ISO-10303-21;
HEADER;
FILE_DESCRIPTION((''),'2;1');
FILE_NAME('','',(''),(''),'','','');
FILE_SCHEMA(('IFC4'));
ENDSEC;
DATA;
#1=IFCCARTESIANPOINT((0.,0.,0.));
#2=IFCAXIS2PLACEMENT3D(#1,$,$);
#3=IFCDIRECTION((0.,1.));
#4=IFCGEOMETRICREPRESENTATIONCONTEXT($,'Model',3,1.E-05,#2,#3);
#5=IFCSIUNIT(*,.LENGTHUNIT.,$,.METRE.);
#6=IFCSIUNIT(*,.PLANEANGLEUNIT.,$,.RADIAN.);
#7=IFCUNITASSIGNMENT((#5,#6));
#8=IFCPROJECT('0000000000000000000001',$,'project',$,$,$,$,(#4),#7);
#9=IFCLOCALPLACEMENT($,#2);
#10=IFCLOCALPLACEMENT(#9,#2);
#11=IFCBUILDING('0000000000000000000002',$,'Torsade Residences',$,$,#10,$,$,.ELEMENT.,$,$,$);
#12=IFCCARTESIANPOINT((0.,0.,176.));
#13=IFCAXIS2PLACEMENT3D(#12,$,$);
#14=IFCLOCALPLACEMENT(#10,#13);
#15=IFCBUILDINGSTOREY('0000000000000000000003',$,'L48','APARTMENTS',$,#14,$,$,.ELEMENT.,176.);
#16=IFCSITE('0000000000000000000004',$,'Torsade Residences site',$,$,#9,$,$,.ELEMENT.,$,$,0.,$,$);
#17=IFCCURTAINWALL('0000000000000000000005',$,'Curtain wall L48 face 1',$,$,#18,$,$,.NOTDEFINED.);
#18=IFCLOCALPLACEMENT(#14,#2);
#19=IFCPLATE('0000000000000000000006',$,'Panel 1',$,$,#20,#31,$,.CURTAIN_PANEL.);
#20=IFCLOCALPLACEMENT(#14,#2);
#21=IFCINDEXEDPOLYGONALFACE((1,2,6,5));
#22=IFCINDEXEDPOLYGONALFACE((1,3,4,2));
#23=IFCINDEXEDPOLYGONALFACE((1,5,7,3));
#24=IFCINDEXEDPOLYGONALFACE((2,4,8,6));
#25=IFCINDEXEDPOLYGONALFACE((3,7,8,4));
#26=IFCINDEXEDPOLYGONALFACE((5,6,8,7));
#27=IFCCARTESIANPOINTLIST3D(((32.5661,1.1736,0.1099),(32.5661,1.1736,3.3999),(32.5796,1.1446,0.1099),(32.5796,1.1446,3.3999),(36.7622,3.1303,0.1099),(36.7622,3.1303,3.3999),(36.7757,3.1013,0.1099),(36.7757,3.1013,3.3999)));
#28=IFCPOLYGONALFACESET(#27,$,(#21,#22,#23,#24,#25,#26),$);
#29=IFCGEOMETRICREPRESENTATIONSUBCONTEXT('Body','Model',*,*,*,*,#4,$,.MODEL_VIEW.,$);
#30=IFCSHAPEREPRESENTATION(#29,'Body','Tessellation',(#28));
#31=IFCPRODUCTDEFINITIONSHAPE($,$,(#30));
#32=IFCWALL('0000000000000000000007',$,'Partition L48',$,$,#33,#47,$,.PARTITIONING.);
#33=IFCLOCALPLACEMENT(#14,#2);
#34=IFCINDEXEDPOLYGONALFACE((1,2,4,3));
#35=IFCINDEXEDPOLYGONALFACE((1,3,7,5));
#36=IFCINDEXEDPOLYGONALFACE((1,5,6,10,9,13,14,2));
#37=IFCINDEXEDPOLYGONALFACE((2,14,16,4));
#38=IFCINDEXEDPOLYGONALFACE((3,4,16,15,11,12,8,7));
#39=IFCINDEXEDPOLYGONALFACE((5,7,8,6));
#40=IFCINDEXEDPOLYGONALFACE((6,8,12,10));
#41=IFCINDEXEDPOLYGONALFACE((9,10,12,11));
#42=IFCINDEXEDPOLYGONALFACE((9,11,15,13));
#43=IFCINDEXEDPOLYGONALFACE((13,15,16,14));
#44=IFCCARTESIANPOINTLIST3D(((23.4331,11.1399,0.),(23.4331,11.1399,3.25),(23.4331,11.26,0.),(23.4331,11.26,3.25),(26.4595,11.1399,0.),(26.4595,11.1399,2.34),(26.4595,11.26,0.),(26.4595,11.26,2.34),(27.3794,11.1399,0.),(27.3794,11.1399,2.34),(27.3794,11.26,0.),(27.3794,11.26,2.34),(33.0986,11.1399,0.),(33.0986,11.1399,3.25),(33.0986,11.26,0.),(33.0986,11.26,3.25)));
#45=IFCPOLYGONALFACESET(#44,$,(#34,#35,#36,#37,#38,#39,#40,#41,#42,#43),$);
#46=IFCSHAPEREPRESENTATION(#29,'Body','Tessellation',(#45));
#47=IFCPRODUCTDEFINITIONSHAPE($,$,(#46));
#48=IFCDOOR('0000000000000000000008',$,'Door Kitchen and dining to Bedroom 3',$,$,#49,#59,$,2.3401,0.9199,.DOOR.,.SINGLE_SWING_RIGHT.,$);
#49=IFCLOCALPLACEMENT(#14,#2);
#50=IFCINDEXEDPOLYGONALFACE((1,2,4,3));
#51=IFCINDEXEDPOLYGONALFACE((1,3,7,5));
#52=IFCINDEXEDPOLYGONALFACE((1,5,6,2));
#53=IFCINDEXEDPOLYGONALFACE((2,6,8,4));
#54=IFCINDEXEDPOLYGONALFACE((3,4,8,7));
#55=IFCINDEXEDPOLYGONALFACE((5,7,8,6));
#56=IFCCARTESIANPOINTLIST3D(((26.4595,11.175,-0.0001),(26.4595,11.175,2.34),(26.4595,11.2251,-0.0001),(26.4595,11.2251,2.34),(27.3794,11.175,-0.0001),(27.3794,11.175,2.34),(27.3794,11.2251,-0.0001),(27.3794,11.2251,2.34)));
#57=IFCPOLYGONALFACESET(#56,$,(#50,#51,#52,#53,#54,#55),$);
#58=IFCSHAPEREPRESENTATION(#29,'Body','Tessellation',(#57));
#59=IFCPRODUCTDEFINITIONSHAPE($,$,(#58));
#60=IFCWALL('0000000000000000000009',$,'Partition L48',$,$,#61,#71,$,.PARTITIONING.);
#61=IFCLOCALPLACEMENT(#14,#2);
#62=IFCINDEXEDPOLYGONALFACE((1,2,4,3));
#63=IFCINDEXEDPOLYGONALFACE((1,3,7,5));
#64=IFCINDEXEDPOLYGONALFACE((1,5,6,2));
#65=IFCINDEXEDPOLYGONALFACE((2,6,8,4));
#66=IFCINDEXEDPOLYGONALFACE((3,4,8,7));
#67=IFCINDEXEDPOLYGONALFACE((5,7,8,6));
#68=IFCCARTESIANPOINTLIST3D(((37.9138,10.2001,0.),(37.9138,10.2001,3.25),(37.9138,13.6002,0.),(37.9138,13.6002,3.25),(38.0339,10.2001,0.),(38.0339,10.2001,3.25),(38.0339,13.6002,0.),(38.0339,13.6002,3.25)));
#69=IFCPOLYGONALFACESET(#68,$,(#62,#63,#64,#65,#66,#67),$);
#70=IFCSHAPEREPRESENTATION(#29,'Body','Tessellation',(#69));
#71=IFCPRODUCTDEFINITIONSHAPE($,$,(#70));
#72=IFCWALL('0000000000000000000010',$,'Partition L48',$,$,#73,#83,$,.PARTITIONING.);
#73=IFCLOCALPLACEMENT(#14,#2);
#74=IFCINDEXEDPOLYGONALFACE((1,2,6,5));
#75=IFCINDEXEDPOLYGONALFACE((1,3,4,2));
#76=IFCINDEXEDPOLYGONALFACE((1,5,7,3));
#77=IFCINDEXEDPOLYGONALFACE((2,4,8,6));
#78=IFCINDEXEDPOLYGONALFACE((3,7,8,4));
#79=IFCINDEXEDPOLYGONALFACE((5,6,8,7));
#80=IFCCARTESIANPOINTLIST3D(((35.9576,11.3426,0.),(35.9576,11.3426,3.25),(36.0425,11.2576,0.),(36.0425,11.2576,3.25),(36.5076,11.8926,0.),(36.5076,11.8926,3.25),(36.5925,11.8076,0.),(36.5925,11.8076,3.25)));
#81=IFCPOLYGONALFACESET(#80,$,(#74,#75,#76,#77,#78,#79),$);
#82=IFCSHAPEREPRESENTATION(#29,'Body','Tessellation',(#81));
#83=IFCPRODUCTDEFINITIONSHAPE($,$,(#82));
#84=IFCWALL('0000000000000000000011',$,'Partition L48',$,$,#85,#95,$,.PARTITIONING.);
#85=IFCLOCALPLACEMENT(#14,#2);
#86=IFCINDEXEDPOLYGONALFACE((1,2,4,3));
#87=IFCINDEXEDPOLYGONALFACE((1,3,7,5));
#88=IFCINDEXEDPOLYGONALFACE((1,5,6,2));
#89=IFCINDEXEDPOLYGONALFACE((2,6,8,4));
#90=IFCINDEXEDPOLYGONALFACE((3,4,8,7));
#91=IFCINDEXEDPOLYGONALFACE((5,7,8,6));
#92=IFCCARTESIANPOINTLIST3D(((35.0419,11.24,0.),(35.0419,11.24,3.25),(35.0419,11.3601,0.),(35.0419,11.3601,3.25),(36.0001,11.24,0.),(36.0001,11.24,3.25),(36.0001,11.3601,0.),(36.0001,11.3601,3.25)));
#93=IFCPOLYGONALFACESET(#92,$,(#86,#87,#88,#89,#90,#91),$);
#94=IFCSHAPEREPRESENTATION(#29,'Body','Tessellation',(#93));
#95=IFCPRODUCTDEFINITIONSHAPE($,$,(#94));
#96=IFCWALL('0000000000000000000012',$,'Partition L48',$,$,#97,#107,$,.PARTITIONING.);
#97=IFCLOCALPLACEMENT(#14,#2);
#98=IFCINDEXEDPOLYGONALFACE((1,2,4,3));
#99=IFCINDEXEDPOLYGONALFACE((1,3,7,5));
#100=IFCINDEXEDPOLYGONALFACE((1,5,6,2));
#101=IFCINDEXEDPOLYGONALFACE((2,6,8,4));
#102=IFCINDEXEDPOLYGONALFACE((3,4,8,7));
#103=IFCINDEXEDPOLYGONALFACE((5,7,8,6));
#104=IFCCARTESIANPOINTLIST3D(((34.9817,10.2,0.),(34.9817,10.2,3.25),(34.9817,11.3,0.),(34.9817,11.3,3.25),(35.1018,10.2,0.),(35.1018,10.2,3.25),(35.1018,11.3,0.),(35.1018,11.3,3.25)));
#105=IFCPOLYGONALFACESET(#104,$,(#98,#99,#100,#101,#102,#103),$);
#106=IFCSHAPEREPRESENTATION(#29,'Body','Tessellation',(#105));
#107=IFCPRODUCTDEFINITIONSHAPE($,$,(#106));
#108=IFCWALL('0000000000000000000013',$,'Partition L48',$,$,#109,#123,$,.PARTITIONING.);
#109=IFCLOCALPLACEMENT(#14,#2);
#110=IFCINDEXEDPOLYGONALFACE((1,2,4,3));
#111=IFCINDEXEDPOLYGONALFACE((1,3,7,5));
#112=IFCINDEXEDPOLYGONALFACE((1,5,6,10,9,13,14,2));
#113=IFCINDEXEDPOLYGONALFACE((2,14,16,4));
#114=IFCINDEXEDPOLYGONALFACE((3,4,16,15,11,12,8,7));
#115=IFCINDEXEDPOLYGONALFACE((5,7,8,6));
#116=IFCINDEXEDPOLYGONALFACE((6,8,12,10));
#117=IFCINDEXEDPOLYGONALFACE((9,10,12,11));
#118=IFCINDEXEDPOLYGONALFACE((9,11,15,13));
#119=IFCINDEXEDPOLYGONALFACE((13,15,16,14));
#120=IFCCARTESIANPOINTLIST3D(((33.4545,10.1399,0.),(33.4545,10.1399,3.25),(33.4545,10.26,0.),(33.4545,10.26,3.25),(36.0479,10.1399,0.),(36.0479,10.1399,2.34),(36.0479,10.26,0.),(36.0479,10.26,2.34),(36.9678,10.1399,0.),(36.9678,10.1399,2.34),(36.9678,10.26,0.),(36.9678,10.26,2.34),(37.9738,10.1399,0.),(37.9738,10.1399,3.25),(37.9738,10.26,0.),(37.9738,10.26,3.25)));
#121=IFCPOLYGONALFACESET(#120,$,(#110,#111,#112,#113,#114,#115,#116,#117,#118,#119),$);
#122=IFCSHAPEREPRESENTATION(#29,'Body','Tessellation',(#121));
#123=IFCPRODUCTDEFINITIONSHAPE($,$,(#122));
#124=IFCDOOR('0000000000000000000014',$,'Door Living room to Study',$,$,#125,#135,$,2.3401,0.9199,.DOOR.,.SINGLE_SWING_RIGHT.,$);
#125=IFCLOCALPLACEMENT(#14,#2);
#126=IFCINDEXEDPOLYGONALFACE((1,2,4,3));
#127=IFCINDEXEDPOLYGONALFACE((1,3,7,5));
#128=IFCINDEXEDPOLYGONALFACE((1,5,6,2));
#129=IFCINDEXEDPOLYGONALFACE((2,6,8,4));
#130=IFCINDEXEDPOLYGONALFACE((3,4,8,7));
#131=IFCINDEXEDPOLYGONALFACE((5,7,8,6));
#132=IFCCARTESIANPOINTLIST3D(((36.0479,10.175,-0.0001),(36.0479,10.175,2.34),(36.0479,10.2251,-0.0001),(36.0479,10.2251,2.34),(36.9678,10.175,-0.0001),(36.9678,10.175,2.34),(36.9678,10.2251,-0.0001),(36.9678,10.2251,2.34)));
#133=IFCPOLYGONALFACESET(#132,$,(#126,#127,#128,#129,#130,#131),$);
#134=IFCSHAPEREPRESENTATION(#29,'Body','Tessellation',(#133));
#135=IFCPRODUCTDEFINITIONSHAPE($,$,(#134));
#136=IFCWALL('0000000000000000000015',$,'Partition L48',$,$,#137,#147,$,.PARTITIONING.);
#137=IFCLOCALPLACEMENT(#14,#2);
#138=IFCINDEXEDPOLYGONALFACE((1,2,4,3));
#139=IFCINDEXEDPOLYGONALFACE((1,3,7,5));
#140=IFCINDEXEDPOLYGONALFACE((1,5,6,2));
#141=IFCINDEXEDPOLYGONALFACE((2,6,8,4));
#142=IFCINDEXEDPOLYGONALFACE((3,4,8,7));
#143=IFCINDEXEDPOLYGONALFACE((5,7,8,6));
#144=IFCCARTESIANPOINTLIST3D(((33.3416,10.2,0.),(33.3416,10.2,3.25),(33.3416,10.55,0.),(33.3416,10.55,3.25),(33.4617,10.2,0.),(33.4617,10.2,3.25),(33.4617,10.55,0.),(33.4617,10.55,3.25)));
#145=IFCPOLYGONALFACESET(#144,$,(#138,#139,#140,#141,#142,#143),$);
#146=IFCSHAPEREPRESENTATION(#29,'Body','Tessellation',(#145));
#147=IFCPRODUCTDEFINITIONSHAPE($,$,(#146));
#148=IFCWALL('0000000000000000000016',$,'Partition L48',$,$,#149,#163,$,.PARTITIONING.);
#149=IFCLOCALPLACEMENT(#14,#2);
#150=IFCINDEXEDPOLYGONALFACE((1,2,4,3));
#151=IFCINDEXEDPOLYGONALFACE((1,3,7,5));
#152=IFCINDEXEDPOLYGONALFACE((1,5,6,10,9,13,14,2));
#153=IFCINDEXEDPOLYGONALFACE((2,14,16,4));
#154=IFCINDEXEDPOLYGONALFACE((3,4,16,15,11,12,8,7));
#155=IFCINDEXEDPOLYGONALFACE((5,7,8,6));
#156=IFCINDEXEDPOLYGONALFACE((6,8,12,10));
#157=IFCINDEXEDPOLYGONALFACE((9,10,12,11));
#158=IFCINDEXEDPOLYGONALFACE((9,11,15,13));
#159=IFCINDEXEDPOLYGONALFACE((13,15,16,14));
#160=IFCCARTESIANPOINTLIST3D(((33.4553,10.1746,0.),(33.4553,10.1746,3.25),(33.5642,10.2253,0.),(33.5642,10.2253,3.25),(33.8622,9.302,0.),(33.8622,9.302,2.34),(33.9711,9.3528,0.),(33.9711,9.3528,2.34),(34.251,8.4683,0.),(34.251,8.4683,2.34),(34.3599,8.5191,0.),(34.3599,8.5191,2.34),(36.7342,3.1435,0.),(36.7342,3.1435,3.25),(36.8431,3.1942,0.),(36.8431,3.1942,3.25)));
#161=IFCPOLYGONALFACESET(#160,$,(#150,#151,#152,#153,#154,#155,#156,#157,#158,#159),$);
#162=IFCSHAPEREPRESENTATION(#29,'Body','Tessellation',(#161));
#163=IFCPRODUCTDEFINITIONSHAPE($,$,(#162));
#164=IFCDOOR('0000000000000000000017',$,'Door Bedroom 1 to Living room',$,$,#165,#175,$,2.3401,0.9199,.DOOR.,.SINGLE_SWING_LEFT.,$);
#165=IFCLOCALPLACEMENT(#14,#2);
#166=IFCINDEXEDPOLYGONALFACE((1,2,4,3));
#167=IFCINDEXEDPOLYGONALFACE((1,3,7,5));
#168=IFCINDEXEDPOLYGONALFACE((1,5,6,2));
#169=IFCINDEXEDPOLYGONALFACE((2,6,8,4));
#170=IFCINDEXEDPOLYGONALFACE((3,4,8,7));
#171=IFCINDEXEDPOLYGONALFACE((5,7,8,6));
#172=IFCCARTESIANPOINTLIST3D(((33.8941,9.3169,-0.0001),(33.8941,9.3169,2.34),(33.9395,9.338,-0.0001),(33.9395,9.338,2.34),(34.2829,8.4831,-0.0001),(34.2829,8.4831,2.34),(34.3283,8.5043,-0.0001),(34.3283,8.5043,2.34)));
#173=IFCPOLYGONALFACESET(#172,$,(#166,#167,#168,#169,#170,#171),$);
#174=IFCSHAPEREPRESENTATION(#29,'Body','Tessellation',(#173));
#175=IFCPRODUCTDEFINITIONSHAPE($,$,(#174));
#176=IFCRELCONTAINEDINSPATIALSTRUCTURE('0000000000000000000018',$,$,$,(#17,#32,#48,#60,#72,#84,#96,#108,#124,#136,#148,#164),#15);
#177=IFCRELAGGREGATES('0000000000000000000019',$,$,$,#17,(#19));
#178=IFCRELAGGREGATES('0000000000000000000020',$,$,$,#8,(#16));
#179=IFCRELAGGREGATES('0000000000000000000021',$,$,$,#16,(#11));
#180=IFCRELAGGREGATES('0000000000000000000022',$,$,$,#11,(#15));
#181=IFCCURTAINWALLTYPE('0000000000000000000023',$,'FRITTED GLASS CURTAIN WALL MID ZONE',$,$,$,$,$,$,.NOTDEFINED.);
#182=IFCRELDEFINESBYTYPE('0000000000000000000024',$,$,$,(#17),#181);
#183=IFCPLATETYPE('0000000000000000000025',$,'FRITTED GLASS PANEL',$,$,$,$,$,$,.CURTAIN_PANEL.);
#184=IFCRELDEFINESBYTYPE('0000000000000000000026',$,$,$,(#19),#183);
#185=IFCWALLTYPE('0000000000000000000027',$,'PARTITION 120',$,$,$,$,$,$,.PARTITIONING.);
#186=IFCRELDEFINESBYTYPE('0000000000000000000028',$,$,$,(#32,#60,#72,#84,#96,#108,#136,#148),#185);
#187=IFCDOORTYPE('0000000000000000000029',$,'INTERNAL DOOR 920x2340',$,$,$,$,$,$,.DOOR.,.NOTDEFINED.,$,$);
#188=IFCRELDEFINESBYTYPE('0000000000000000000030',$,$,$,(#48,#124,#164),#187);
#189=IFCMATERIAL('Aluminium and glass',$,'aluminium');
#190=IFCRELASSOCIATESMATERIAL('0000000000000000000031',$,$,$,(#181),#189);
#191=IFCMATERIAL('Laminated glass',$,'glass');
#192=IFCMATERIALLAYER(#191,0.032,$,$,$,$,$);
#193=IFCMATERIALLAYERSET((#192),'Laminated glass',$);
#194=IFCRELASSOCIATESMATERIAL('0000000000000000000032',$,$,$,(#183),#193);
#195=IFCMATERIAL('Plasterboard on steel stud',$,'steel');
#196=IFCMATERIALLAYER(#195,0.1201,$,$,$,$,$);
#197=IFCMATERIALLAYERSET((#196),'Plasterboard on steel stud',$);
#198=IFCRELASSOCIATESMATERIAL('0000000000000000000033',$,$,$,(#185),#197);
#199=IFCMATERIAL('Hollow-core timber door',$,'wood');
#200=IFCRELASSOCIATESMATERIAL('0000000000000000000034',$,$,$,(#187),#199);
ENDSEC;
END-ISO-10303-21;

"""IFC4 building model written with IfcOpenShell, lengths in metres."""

from ifc_helpers import new_model, si_unit, direction, frame, frame_2d, origin, origin_2d, place, context, subcontext, project, spatial, rectangle, extrude, material, layer, layer_set, type_object, element, fill, aggregate, save


model = new_model("IFC4")

# Units and contexts
model_context = context("Model", 3, precision=1e-05, world=origin(), true_north=direction((0.0, 1.0)))
body_context = subcontext(model_context, "Body", "Model", "MODEL_VIEW")
ifc_project = project(units=[si_unit("LENGTHUNIT", "METRE"), si_unit("PLANEANGLEUNIT", "RADIAN")], contexts=[model_context])

# Site, building, storey
site_placement = place(None, origin())
site = spatial("IfcSite", under=ifc_project, at=site_placement, Name="Torsade Residences site", CompositionType="ELEMENT", RefElevation=0.0)
building_placement = place(site_placement, origin())
building = spatial("IfcBuilding", under=site, at=building_placement, Name="Torsade Residences", CompositionType="ELEMENT")
storey_placement = place(building_placement, frame((0.0, 0.0, 176.0)))
storey = spatial("IfcBuildingStorey", under=building, at=storey_placement, Name="L48", Description="APARTMENTS", CompositionType="ELEMENT", Elevation=176.0)

# Curtain wall
ifc_material_1 = material(Name="Aluminium and glass", Category="aluminium")
curtain_wall_type = type_object("IfcCurtainWallType", Name="FRITTED GLASS CURTAIN WALL MID ZONE", PredefinedType="NOTDEFINED", material=ifc_material_1)
curtain_wall_placement = place(storey_placement, origin())
curtain_wall = element("IfcCurtainWall", 1, at=curtain_wall_placement, inside=storey, type_object=curtain_wall_type, Name="Curtain wall L48 face 1", PredefinedType="NOTDEFINED")

# Plate
ifc_material_2 = material(Name="Laminated glass", Category="glass")
ifc_layer_1 = layer(ifc_material_2, 0.032)
ifc_layer_set_1 = layer_set([ifc_layer_1], Name="Laminated glass")
plate_type = type_object("IfcPlateType", Name="FRITTED GLASS PANEL", PredefinedType="CURTAIN_PANEL", material=ifc_layer_set_1)
plate_placement = place(storey_placement, frame((34.6709, 2.1375, 0.1099), z_axis=(0.0, 0.0, 1.0), x_axis=(0.906308, 0.422618, 0.0)))
plate = element("IfcPlate", 2, at=plate_placement, type_object=plate_type, Name="Panel 1", PredefinedType="CURTAIN_PANEL", context=body_context, shape_type="SweptSolid", body=[
    extrude(rectangle(XDim=4.6299, YDim=0.032, at=origin_2d()), origin(), (0.0, 0.0, 1.0), 3.29),
])
aggregate(curtain_wall, [plate])

# Wall, opening, door
ifc_material_3 = material(Name="Plasterboard on steel stud", Category="steel")
ifc_layer_2 = layer(ifc_material_3, 0.1201)
ifc_layer_set_2 = layer_set([ifc_layer_2], Name="Plasterboard on steel stud")
wall_type_1 = type_object("IfcWallType", Name="PARTITION 120", PredefinedType="PARTITIONING", material=ifc_layer_set_2)
wall_1_placement = place(storey_placement, frame((33.0986, 11.2, 0.0), z_axis=(0.0, 0.0, 1.0), x_axis=(-1.0, 0.0, 0.0)))
wall_1 = element("IfcWall", 3, at=wall_1_placement, inside=storey, type_object=wall_type_1, Name="Partition L48", PredefinedType="PARTITIONING", context=body_context, shape_type="SweptSolid", body=[
    extrude(rectangle(XDim=9.6655, YDim=0.1201, at=frame_2d((4.8328, 0.0))), origin(), (0.0, 0.0, 1.0), 3.25),
])
opening_1_placement = place(wall_1_placement, frame((5.7192, 0.0, 0.0)))
opening_1 = element("IfcOpeningElement", 4, at=opening_1_placement, cuts=wall_1, PredefinedType="OPENING", context=body_context, shape_type="SweptSolid", body=[
    extrude(rectangle(XDim=0.9199, YDim=2.3401, at=frame_2d((0.46, 1.1699))), frame((0.0, 0.0701, 0.0), z_axis=(0.0, -1.0, 0.0), x_axis=(1.0, 0.0, 0.0)), (0.0, 0.0, 1.0), 0.1401),
])
ifc_material_4 = material(Name="Hollow-core timber door", Category="wood")
door_type = type_object("IfcDoorType", Name="INTERNAL DOOR 920x2340", OperationType="NOTDEFINED", PredefinedType="DOOR", material=ifc_material_4)
door_1_placement = place(opening_1_placement, origin())
door_1 = element("IfcDoor", 5, at=door_1_placement, inside=storey, type_object=door_type, Name="Door Kitchen and dining to Bedroom 3", OperationType="SINGLE_SWING_RIGHT", OverallHeight=2.3401, OverallWidth=0.9199, PredefinedType="DOOR", context=body_context, shape_type="SweptSolid", body=[
    extrude(rectangle(XDim=0.9199, YDim=2.3401, at=frame_2d((0.46, 1.1699))), frame((0.0, 0.0249, 0.0), z_axis=(0.0, -1.0, 0.0), x_axis=(1.0, 0.0, 0.0)), (0.0, 0.0, 1.0), 0.05),
])
fill(opening_1, door_1)

# Walls
wall_2_placement = place(storey_placement, frame((37.9739, 10.2, 0.0), z_axis=(0.0, 0.0, 1.0), x_axis=(0.0, 1.0, 0.0)))
element("IfcWall", 6, at=wall_2_placement, inside=storey, type_object=wall_type_1, Name="Partition L48", PredefinedType="PARTITIONING", context=body_context, shape_type="SweptSolid", body=[
    extrude(rectangle(XDim=3.4001, YDim=0.1201, at=frame_2d((1.7002, 0.0))), origin(), (0.0, 0.0, 1.0), 3.25),
])
wall_3_placement = place(storey_placement, frame((36.55, 11.8501, 0.0), z_axis=(0.0, 0.0, 1.0), x_axis=(-0.707107, -0.707107, 0.0)))
element("IfcWall", 7, at=wall_3_placement, inside=storey, type_object=wall_type_1, Name="Partition L48", PredefinedType="PARTITIONING", context=body_context, shape_type="SweptSolid", body=[
    extrude(rectangle(XDim=0.7778, YDim=0.1201, at=frame_2d((0.3889, 0.0))), origin(), (0.0, 0.0, 1.0), 3.25),
])
wall_4_placement = place(storey_placement, frame((36.0, 11.3, 0.0), z_axis=(0.0, 0.0, 1.0), x_axis=(-1.0, 0.0, 0.0)))
element("IfcWall", 8, at=wall_4_placement, inside=storey, type_object=wall_type_1, Name="Partition L48", PredefinedType="PARTITIONING", context=body_context, shape_type="SweptSolid", body=[
    extrude(rectangle(XDim=0.9583, YDim=0.1201, at=frame_2d((0.479, 0.0))), origin(), (0.0, 0.0, 1.0), 3.25),
])
wall_5_placement = place(storey_placement, frame((35.0417, 11.3, 0.0), z_axis=(0.0, 0.0, 1.0), x_axis=(0.0, -1.0, 0.0)))
element("IfcWall", 9, at=wall_5_placement, inside=storey, type_object=wall_type_1, Name="Partition L48", PredefinedType="PARTITIONING", context=body_context, shape_type="SweptSolid", body=[
    extrude(rectangle(XDim=1.1001, YDim=0.1201, at=frame_2d((0.55, 0.0))), origin(), (0.0, 0.0, 1.0), 3.25),
])

# Wall, opening, door
wall_6_placement = place(storey_placement, frame((37.9739, 10.2, 0.0), z_axis=(0.0, 0.0, 1.0), x_axis=(-1.0, 0.0, 0.0)))
wall_6 = element("IfcWall", 10, at=wall_6_placement, inside=storey, type_object=wall_type_1, Name="Partition L48", PredefinedType="PARTITIONING", context=body_context, shape_type="SweptSolid", body=[
    extrude(rectangle(XDim=4.5193, YDim=0.1201, at=frame_2d((2.2598, 0.0))), origin(), (0.0, 0.0, 1.0), 3.25),
])
opening_2_placement = place(wall_6_placement, frame((1.0061, 0.0, 0.0)))
opening_2 = element("IfcOpeningElement", 11, at=opening_2_placement, cuts=wall_6, PredefinedType="OPENING", context=body_context, shape_type="SweptSolid", body=[
    extrude(rectangle(XDim=0.9199, YDim=2.3401, at=frame_2d((0.46, 1.1699))), frame((0.0, 0.0701, 0.0), z_axis=(0.0, -1.0, 0.0), x_axis=(1.0, 0.0, 0.0)), (0.0, 0.0, 1.0), 0.1401),
])
door_2_placement = place(opening_2_placement, origin())
door_2 = element("IfcDoor", 12, at=door_2_placement, inside=storey, type_object=door_type, Name="Door Living room to Study", OperationType="SINGLE_SWING_RIGHT", OverallHeight=2.3401, OverallWidth=0.9199, PredefinedType="DOOR", context=body_context, shape_type="SweptSolid", body=[
    extrude(rectangle(XDim=0.9199, YDim=2.3401, at=frame_2d((0.46, 1.1699))), frame((0.0, 0.0249, 0.0), z_axis=(0.0, -1.0, 0.0), x_axis=(1.0, 0.0, 0.0)), (0.0, 0.0, 1.0), 0.05),
])
fill(opening_2, door_2)

# Wall
wall_7_placement = place(storey_placement, frame((33.4016, 10.2, 0.0), z_axis=(0.0, 0.0, 1.0), x_axis=(0.0, 1.0, 0.0)))
element("IfcWall", 13, at=wall_7_placement, inside=storey, type_object=wall_type_1, Name="Partition L48", PredefinedType="PARTITIONING", context=body_context, shape_type="SweptSolid", body=[
    extrude(rectangle(XDim=0.3501, YDim=0.1201, at=frame_2d((0.175, 0.0))), origin(), (0.0, 0.0, 1.0), 3.25),
])

# Wall, opening, door
wall_8_placement = place(storey_placement, frame((36.7886, 3.1689, 0.0), z_axis=(0.0, 0.0, 1.0), x_axis=(-0.422639, 0.906298, 0.0)))
wall_8 = element("IfcWall", 14, at=wall_8_placement, inside=storey, type_object=wall_type_1, Name="Partition L48", PredefinedType="PARTITIONING", context=body_context, shape_type="SweptSolid", body=[
    extrude(rectangle(XDim=7.7581, YDim=0.1201, at=frame_2d((3.8789, 0.0))), origin(), (0.0, 0.0, 1.0), 3.25),
])
opening_3_placement = place(wall_8_placement, frame((5.8752, 0.0, 0.0)))
opening_3 = element("IfcOpeningElement", 15, at=opening_3_placement, cuts=wall_8, PredefinedType="OPENING", context=body_context, shape_type="SweptSolid", body=[
    extrude(rectangle(XDim=0.9199, YDim=2.3401, at=frame_2d((0.46, 1.1699))), frame((0.0, 0.0701, 0.0), z_axis=(0.0, -1.0, 0.0), x_axis=(1.0, 0.0, 0.0)), (0.0, 0.0, 1.0), 0.1401),
])
door_3_placement = place(opening_3_placement, origin())
door_3 = element("IfcDoor", 16, at=door_3_placement, inside=storey, type_object=door_type, Name="Door Bedroom 1 to Living room", OperationType="SINGLE_SWING_LEFT", OverallHeight=2.3401, OverallWidth=0.9199, PredefinedType="DOOR", context=body_context, shape_type="SweptSolid", body=[
    extrude(rectangle(XDim=0.9199, YDim=2.3401, at=frame_2d((0.46, 1.1699))), frame((0.0, 0.0249, 0.0), z_axis=(0.0, -1.0, 0.0), x_axis=(1.0, 0.0, 0.0)), (0.0, 0.0, 1.0), 0.05),
])
fill(opening_3, door_3)

save(model, "model.ifc")
